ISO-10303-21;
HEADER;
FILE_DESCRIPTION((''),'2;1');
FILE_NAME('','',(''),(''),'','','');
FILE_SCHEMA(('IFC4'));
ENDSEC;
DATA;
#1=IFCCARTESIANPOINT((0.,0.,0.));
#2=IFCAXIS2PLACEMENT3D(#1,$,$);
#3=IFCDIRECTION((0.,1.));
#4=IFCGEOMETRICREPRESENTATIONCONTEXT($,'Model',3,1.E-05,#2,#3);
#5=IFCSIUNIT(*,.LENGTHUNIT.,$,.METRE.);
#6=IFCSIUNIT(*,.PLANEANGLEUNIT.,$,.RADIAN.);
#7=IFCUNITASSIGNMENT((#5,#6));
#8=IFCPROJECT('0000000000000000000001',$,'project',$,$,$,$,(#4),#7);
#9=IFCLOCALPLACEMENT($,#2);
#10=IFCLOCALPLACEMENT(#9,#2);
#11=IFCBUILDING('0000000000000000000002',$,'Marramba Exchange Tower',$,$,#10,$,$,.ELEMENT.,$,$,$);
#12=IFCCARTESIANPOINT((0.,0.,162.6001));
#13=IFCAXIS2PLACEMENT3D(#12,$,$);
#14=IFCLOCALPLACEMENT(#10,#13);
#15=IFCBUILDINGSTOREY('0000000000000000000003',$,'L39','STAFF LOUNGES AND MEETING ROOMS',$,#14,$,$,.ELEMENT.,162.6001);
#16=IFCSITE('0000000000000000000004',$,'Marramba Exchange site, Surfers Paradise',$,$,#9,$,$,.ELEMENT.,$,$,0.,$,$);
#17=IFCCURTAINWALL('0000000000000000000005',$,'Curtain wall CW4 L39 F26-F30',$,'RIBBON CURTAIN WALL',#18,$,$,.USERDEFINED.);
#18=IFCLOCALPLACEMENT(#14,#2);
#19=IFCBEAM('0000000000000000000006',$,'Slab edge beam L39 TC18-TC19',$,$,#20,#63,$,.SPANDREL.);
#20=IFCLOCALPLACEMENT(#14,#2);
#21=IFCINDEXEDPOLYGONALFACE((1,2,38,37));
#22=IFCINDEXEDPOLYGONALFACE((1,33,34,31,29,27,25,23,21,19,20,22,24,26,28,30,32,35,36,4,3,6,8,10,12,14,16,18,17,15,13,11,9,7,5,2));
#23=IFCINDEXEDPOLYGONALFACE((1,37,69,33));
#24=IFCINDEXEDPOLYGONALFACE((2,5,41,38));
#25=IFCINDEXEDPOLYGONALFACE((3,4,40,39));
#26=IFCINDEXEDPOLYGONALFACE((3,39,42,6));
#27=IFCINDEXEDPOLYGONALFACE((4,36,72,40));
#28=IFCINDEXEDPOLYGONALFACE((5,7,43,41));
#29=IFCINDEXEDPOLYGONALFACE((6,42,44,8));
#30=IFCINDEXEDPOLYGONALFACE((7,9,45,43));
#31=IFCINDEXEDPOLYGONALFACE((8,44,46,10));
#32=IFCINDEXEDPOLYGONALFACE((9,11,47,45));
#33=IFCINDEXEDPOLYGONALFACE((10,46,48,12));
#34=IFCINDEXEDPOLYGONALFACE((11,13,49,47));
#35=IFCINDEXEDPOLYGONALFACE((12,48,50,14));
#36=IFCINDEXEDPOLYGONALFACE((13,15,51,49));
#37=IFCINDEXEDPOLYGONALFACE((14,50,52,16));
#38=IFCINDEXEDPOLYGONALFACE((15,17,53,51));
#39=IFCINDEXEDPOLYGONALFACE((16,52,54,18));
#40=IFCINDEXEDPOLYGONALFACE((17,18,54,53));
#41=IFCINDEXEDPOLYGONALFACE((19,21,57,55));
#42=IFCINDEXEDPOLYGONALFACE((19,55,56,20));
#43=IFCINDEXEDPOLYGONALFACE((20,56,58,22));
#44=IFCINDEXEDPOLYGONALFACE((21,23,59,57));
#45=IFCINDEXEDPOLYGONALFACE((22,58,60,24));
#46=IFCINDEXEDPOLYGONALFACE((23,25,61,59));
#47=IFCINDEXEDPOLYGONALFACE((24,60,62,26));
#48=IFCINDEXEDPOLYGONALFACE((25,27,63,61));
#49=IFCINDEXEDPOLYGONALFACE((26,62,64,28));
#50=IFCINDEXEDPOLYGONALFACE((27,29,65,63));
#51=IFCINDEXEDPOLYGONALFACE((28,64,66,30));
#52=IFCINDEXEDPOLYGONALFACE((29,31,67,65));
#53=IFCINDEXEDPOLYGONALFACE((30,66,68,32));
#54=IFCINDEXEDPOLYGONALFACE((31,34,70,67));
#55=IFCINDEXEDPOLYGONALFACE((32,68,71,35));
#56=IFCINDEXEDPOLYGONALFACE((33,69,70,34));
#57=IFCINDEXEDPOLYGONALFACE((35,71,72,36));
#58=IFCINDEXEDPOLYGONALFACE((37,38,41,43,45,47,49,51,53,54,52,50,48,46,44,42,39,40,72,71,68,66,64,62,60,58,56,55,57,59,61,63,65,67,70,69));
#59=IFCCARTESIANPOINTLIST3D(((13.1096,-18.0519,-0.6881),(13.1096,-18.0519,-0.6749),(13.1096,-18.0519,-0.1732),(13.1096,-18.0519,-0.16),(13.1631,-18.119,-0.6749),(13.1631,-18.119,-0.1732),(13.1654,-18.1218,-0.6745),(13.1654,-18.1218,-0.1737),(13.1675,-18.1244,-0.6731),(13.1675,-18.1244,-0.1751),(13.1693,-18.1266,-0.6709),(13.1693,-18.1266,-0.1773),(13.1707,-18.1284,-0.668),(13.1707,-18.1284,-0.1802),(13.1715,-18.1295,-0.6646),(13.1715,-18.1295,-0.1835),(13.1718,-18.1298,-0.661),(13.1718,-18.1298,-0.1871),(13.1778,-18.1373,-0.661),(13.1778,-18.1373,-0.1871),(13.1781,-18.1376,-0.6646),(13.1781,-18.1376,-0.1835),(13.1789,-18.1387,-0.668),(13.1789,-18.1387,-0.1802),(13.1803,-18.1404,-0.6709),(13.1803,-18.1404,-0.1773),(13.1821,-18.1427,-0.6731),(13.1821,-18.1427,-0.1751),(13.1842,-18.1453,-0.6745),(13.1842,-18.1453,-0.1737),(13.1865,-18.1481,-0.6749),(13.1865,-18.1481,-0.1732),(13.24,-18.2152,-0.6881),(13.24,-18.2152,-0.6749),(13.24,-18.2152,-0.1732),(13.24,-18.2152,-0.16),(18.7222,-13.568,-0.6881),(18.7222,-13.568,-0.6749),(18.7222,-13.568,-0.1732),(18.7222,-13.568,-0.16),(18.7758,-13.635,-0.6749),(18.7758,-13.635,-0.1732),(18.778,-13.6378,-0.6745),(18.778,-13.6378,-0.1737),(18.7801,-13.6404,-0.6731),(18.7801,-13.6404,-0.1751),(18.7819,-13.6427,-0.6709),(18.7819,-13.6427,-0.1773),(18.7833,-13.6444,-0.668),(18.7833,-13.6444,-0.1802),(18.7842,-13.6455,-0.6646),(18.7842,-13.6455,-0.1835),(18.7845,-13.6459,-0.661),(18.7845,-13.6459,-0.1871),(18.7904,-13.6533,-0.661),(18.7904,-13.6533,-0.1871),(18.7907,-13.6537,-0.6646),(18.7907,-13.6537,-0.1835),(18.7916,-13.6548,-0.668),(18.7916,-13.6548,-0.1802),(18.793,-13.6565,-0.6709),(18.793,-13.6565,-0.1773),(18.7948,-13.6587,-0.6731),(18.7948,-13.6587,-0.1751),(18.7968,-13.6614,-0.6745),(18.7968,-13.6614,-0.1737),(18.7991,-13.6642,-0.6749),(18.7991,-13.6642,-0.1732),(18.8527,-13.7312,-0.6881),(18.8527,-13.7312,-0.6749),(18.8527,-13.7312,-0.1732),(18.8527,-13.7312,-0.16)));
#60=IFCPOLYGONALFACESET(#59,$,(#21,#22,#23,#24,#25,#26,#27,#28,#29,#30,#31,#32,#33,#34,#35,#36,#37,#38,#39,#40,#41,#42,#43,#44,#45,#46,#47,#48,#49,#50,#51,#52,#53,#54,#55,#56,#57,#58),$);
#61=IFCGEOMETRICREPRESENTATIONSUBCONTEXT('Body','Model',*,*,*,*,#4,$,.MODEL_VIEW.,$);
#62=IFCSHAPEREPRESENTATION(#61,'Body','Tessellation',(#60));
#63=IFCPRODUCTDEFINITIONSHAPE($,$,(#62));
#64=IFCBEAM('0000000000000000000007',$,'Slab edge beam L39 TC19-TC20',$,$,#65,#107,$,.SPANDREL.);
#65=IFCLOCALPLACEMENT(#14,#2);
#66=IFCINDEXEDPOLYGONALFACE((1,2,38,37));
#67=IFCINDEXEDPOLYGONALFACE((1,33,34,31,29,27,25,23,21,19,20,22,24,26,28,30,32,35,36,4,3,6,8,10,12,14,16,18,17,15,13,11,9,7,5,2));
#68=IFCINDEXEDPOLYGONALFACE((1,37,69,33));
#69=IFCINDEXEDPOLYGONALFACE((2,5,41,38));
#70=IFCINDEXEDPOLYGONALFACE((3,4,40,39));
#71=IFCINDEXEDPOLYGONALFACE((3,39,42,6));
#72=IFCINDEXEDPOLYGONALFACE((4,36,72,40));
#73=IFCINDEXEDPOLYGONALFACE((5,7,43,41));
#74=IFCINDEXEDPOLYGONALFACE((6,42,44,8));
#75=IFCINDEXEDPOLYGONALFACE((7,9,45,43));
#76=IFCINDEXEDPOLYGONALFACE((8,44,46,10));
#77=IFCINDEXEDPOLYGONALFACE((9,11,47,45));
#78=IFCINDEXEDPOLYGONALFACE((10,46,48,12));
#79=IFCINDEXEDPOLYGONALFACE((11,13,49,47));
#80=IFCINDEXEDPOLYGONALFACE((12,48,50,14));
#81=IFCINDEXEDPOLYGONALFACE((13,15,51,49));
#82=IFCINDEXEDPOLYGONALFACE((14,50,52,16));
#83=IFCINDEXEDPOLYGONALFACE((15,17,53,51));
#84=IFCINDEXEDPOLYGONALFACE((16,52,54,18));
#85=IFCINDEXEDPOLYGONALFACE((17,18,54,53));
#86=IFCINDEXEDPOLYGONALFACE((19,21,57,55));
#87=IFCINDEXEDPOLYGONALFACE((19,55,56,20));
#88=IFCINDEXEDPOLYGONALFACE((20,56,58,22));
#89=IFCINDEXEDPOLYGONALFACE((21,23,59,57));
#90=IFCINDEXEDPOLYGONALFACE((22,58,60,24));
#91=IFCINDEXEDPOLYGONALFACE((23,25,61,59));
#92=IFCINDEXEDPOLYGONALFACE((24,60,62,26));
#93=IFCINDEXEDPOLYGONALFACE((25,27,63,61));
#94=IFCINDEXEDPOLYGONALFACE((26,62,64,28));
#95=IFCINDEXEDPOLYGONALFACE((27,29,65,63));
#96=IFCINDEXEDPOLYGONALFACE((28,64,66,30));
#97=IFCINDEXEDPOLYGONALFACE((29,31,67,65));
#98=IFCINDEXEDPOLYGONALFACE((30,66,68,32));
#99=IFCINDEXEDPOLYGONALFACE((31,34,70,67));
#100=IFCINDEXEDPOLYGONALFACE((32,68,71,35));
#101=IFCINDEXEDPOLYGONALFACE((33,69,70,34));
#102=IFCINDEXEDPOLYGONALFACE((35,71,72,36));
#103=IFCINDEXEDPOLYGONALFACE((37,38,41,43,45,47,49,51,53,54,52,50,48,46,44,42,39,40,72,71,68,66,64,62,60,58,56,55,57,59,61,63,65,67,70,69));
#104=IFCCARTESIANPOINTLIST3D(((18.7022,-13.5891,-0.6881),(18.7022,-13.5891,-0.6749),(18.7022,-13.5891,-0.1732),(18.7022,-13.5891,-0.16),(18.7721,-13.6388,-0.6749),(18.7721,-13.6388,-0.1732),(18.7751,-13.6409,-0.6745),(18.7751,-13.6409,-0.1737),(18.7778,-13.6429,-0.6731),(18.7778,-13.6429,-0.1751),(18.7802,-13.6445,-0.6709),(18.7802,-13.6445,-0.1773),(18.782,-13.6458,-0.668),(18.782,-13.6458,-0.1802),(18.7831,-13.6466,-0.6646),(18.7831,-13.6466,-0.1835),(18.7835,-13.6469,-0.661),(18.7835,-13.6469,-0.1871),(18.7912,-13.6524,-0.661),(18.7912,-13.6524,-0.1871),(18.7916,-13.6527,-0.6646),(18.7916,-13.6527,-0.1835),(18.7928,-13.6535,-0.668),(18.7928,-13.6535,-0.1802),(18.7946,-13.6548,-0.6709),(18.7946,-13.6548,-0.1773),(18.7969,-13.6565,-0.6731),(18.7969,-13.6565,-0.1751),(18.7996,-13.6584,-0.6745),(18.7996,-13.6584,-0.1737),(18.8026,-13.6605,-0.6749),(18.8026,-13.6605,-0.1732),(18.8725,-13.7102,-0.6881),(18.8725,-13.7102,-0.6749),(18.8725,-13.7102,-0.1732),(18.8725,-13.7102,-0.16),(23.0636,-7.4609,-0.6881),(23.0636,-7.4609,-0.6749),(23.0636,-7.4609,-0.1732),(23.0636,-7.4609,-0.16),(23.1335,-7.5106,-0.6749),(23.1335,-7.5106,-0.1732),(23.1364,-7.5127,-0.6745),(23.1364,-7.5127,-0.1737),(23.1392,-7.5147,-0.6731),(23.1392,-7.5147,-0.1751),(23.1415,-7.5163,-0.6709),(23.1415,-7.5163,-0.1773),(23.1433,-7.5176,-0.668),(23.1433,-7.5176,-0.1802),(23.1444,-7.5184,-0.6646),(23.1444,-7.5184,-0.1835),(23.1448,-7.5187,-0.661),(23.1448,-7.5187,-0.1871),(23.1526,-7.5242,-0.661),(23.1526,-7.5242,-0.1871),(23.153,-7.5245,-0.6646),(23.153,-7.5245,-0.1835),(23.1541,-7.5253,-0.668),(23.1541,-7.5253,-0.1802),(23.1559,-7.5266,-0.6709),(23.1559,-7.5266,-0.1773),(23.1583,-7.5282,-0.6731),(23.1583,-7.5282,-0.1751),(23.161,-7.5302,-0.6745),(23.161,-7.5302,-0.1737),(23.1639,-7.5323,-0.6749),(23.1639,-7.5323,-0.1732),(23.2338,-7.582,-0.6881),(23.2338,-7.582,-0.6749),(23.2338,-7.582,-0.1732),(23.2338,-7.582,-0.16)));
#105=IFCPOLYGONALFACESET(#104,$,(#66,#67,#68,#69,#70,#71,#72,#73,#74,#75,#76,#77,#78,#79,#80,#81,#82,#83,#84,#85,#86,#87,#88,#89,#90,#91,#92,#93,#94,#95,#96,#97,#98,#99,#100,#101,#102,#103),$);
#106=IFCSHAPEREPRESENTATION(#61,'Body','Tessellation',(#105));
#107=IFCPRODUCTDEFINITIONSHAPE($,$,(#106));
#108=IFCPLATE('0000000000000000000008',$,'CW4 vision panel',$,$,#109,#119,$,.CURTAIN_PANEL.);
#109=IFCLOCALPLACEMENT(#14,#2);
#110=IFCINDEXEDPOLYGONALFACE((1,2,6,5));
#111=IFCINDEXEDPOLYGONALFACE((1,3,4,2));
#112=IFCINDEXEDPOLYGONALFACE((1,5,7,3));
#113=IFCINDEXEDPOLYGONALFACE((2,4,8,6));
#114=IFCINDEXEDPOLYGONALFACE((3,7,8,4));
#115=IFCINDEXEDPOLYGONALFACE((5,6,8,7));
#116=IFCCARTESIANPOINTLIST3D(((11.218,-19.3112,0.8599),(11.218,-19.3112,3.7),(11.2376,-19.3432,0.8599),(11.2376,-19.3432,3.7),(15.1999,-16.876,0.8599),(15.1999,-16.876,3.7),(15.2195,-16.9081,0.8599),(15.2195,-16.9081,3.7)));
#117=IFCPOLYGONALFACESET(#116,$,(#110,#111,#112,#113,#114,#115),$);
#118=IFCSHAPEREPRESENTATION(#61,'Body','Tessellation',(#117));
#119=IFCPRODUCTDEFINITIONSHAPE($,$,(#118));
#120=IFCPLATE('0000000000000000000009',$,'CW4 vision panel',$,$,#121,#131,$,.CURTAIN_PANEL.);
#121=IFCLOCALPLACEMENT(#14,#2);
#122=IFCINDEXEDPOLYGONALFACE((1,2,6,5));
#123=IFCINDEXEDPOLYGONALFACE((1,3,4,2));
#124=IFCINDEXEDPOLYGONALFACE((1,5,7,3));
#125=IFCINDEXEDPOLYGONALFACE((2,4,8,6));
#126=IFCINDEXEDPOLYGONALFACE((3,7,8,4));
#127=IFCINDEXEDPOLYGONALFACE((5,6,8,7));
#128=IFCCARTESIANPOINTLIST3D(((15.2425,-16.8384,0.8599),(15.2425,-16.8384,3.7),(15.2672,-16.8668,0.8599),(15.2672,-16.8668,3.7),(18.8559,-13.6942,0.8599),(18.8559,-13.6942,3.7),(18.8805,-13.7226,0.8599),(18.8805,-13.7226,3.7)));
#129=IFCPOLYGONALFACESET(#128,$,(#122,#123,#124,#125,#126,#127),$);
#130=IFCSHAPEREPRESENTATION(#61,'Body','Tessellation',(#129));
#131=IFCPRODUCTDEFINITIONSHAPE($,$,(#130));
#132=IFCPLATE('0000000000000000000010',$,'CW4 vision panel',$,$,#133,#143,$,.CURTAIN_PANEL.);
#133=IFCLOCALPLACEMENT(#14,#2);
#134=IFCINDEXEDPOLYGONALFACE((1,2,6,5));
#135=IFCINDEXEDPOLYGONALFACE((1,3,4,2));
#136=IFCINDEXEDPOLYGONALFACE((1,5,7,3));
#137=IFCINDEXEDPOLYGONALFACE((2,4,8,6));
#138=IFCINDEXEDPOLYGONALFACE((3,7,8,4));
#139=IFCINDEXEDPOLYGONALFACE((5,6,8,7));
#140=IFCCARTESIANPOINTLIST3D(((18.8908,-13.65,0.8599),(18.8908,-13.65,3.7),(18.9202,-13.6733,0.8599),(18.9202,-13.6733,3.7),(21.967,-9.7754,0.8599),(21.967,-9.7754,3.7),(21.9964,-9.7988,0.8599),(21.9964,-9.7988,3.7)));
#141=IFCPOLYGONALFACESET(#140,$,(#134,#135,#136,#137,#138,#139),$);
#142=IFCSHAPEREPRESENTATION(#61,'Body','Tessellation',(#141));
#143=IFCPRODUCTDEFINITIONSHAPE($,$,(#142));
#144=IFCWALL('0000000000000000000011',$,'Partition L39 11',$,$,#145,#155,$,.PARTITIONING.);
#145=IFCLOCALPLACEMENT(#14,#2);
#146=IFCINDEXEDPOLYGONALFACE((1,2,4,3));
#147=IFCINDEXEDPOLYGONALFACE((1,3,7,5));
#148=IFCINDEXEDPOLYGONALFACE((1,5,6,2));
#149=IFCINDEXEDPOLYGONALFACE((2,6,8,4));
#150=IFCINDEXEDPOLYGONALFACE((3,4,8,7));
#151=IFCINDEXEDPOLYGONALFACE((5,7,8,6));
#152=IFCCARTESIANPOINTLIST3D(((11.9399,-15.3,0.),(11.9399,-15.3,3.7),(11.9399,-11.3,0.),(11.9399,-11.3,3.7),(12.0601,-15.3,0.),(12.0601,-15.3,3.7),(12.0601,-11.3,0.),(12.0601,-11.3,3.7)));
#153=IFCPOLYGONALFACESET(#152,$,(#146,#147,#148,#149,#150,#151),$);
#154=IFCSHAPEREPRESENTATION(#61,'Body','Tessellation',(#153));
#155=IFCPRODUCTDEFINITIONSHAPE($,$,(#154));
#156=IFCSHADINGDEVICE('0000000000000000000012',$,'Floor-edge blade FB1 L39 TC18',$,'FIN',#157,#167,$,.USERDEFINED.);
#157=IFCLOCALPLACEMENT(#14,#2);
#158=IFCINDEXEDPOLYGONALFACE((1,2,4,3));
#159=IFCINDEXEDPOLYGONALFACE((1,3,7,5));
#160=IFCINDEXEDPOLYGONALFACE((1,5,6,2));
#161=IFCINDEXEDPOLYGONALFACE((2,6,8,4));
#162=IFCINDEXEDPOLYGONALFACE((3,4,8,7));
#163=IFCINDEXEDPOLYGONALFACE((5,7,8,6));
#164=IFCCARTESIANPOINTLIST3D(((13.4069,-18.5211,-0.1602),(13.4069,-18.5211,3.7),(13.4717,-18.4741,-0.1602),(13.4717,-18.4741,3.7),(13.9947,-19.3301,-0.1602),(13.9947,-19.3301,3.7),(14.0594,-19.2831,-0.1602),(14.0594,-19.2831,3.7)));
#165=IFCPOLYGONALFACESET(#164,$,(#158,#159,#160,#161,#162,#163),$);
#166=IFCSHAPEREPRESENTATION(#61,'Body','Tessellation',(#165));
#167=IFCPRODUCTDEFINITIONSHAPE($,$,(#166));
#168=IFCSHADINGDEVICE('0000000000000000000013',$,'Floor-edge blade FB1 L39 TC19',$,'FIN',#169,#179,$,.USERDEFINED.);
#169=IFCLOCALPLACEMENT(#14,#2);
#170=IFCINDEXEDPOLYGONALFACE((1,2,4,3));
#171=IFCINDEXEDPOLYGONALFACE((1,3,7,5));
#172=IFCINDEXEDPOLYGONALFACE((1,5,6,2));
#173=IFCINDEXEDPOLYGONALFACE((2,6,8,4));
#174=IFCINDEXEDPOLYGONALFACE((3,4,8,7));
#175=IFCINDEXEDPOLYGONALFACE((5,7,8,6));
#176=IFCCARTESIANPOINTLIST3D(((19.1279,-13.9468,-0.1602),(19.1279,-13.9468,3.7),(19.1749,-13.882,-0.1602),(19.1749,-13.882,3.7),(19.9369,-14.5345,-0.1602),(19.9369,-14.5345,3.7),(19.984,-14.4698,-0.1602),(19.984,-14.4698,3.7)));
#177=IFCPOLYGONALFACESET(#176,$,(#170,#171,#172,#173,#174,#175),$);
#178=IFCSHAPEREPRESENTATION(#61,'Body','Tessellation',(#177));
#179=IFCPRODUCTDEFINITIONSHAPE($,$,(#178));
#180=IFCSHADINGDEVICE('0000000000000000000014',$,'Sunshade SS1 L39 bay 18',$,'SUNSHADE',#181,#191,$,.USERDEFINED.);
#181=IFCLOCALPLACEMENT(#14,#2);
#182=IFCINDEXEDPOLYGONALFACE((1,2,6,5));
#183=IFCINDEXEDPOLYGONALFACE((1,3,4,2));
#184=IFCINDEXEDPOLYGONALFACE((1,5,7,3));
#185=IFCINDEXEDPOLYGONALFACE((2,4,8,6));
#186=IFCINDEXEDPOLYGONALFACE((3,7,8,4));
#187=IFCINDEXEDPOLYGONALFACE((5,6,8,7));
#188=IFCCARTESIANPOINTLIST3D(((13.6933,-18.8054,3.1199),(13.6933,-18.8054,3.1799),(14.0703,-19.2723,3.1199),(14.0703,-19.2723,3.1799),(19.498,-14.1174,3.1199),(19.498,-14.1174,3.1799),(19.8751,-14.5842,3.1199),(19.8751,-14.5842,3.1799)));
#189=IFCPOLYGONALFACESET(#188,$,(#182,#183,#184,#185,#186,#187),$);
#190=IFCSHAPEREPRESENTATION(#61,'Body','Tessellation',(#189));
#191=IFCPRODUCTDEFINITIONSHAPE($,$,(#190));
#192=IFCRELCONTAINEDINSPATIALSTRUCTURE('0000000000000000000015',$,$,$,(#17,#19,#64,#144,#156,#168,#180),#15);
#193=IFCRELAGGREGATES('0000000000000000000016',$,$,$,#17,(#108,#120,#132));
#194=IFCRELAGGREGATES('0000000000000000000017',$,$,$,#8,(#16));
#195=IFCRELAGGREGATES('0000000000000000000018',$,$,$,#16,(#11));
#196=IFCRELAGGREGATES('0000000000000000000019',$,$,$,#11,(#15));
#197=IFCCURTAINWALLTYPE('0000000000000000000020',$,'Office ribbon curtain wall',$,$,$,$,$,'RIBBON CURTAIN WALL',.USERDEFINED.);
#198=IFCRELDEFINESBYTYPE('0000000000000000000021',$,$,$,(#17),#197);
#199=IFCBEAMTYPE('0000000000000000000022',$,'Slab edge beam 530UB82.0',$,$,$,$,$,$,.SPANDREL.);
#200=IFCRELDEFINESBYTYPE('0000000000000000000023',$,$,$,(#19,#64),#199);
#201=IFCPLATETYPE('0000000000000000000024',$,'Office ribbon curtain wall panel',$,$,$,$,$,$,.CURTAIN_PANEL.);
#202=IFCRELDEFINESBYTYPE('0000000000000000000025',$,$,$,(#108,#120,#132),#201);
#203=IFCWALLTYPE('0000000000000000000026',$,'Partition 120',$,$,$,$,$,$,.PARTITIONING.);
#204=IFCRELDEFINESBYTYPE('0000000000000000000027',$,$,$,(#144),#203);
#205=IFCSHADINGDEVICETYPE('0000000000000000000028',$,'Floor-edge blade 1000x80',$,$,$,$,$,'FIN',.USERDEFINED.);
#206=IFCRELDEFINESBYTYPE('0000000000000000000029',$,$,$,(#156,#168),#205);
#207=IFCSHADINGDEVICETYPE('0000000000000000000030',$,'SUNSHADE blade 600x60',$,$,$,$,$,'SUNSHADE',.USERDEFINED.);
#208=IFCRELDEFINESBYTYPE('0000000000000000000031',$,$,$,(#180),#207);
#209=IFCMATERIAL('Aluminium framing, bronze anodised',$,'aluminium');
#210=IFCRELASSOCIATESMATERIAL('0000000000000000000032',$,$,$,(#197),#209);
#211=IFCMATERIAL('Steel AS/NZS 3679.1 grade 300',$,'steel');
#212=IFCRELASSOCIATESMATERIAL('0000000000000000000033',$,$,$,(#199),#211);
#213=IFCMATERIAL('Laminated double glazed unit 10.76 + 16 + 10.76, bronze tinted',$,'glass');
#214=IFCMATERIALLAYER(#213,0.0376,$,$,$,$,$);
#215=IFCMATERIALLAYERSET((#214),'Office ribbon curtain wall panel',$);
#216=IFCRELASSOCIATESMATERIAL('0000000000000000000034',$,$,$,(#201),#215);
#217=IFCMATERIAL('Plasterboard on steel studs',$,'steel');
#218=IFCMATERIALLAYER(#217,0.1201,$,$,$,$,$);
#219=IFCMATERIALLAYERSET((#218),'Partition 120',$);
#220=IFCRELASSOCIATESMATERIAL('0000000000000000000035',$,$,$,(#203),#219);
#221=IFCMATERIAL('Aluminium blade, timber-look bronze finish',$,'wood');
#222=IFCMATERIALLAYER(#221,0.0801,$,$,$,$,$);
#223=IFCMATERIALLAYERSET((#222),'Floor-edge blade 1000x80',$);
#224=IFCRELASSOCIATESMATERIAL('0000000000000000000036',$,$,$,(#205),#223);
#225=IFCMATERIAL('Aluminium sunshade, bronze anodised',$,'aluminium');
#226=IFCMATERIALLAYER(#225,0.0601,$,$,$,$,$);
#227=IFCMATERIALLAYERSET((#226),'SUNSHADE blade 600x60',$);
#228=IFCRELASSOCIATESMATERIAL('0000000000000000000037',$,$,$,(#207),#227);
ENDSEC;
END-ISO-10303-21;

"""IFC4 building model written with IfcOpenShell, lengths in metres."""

from ifc_helpers import new_model, si_unit, direction, frame, frame_2d, origin, origin_2d, place, context, subcontext, project, spatial, rectangle, i_section, extrude, material, layer, layer_set, material_profile, profile_set, type_object, element, aggregate, save


model = new_model("IFC4")

# Units and contexts
model_context = context("Model", 3, precision=1e-05, world=origin(), true_north=direction((0.0, 1.0)))
body_context = subcontext(model_context, "Body", "Model", "MODEL_VIEW")
ifc_project = project(units=[si_unit("LENGTHUNIT", "METRE"), si_unit("PLANEANGLEUNIT", "RADIAN")], contexts=[model_context])

# Site, building, storey
site_placement = place(None, origin())
site = spatial("IfcSite", under=ifc_project, at=site_placement, Name="Marramba Exchange site, Surfers Paradise", CompositionType="ELEMENT", RefElevation=0.0)
building_placement = place(site_placement, origin())
building = spatial("IfcBuilding", under=site, at=building_placement, Name="Marramba Exchange Tower", CompositionType="ELEMENT")
storey_placement = place(building_placement, frame((0.0, 0.0, 162.6001)))
storey = spatial("IfcBuildingStorey", under=building, at=storey_placement, Name="L39", Description="STAFF LOUNGES AND MEETING ROOMS", CompositionType="ELEMENT", Elevation=162.6001)

# Curtain wall
ifc_material_1 = material(Name="Aluminium framing, bronze anodised", Category="aluminium")
curtain_wall_type = type_object("IfcCurtainWallType", Name="Office ribbon curtain wall", ElementType="RIBBON CURTAIN WALL", PredefinedType="USERDEFINED", material=ifc_material_1)
curtain_wall_placement = place(storey_placement, origin())
curtain_wall = element("IfcCurtainWall", 1, at=curtain_wall_placement, inside=storey, type_object=curtain_wall_type, Name="Curtain wall CW4 L39 F26-F30", ObjectType="RIBBON CURTAIN WALL", PredefinedType="USERDEFINED")

# Beams
ifc_material_2 = material(Name="Steel AS/NZS 3679.1 grade 300", Category="steel")
ifc_material_profile_1 = material_profile(ifc_material_2, i_section(OverallWidth=0.209, OverallDepth=0.5281, WebThickness=0.0095, FlangeThickness=0.0132, FilletRadius=0.0139, at=origin_2d()), Name="530UB82.0")
ifc_profile_set_1 = profile_set([ifc_material_profile_1], Name="Steel AS/NZS 3679.1 grade 300")
beam_type_1 = type_object("IfcBeamType", Name="Slab edge beam 530UB82.0", PredefinedType="SPANDREL", material=ifc_profile_set_1)
beam_1_placement = place(storey_placement, frame((13.1748, -18.1335, -0.4241), z_axis=(0.781286, 0.624173, 0.0), x_axis=(-0.624173, 0.781286, 0.0)))
element("IfcBeam", 2, at=beam_1_placement, inside=storey, type_object=beam_type_1, Name="Slab edge beam L39 TC18-TC19", PredefinedType="SPANDREL", context=body_context, shape_type="SweptSolid", body=[
    extrude(i_section(OverallWidth=0.209, OverallDepth=0.5281, WebThickness=0.0095, FlangeThickness=0.0132, FilletRadius=0.0139, at=origin_2d()), origin(), (0.0, 0.0, 1.0), 7.1838),
])
beam_2_placement = place(storey_placement, frame((18.7874, -13.6497, -0.4241), z_axis=(0.579834, 0.814735, 0.0), x_axis=(-0.814735, 0.579834, 0.0)))
element("IfcBeam", 3, at=beam_2_placement, inside=storey, type_object=beam_type_1, Name="Slab edge beam L39 TC19-TC20", PredefinedType="SPANDREL", context=body_context, shape_type="SweptSolid", body=[
    extrude(i_section(OverallWidth=0.209, OverallDepth=0.5281, WebThickness=0.0095, FlangeThickness=0.0132, FilletRadius=0.0139, at=origin_2d()), origin(), (0.0, 0.0, 1.0), 7.5217),
])

# Plates
ifc_material_3 = material(Name="Laminated double glazed unit 10.76 + 16 + 10.76, bronze tinted", Category="glass")
ifc_layer_1 = layer(ifc_material_3, 0.0376)
ifc_layer_set_1 = layer_set([ifc_layer_1], Name="Office ribbon curtain wall panel")
plate_type = type_object("IfcPlateType", Name="Office ribbon curtain wall panel", PredefinedType="CURTAIN_PANEL", material=ifc_layer_set_1)
plate_1_placement = place(storey_placement, frame((13.2188, -18.1096, 0.8599), z_axis=(0.0, 0.0, 1.0), x_axis=(0.853109, 0.521733, 0.0)))
plate_1 = element("IfcPlate", 4, at=plate_1_placement, type_object=plate_type, Name="CW4 vision panel", PredefinedType="CURTAIN_PANEL", context=body_context, shape_type="SweptSolid", body=[
    extrude(rectangle(XDim=4.6675, YDim=0.0376, at=origin_2d()), origin(), (0.0, 0.0, 1.0), 2.8401),
])
plate_2_placement = place(storey_placement, frame((17.0615, -15.2805, 0.8599), z_axis=(0.0, 0.0, 1.0), x_axis=(0.754386, 0.656432, 0.0)))
plate_2 = element("IfcPlate", 5, at=plate_2_placement, type_object=plate_type, Name="CW4 vision panel", PredefinedType="CURTAIN_PANEL", context=body_context, shape_type="SweptSolid", body=[
    extrude(rectangle(XDim=4.7898, YDim=0.0376, at=origin_2d()), origin(), (0.0, 0.0, 1.0), 2.8401),
])
plate_3_placement = place(storey_placement, frame((20.4436, -11.7244, 0.8599), z_axis=(0.0, 0.0, 1.0), x_axis=(0.621807, 0.78317, 0.0)))
plate_3 = element("IfcPlate", 6, at=plate_3_placement, type_object=plate_type, Name="CW4 vision panel", PredefinedType="CURTAIN_PANEL", context=body_context, shape_type="SweptSolid", body=[
    extrude(rectangle(XDim=4.9473, YDim=0.0376, at=origin_2d()), origin(), (0.0, 0.0, 1.0), 2.8401),
])
aggregate(curtain_wall, [plate_1, plate_2, plate_3])

# Wall
ifc_material_4 = material(Name="Plasterboard on steel studs", Category="steel")
ifc_layer_2 = layer(ifc_material_4, 0.1201)
ifc_layer_set_2 = layer_set([ifc_layer_2], Name="Partition 120")
wall_type = type_object("IfcWallType", Name="Partition 120", PredefinedType="PARTITIONING", material=ifc_layer_set_2)
wall_placement = place(storey_placement, frame((12.0, -15.3, 0.0), z_axis=(0.0, 0.0, 1.0), x_axis=(0.0, 1.0, 0.0)))
element("IfcWall", 7, at=wall_placement, inside=storey, type_object=wall_type, Name="Partition L39 11", PredefinedType="PARTITIONING", context=body_context, shape_type="SweptSolid", body=[
    extrude(rectangle(XDim=4.0, YDim=0.1201, at=frame_2d((2.0, 0.0))), origin(), (0.0, 0.0, 1.0), 3.7),
])

# Shading devices
ifc_material_5 = material(Name="Aluminium blade, timber-look bronze finish", Category="wood")
ifc_layer_3 = layer(ifc_material_5, 0.0801)
ifc_layer_set_3 = layer_set([ifc_layer_3], Name="Floor-edge blade 1000x80")
shading_device_type_1 = type_object("IfcShadingDeviceType", Name="Floor-edge blade 1000x80", ElementType="FIN", PredefinedType="USERDEFINED", material=ifc_layer_set_3)
for number, where, z_axis, x_axis, name in (
    (8, (13.7332, -18.9021, -0.1602), (0.0, 0.0, 1.0), (0.587785, -0.809017, 0.0), "Floor-edge blade FB1 L39 TC18"),
    (9, (19.5559, -14.2083, -0.1602), (0.0, 0.0, 1.0), (0.809017, -0.587785, 0.0), "Floor-edge blade FB1 L39 TC19"),
):
    element("IfcShadingDevice", number, at=place(storey_placement, frame(where, z_axis=z_axis, x_axis=x_axis)), inside=storey, type_object=shading_device_type_1, Name=name, ObjectType="FIN", PredefinedType="USERDEFINED", context=body_context, shape_type="SweptSolid", body=[
        extrude(rectangle(XDim=1.0, YDim=0.0801, at=origin_2d()), origin(), (0.0, 0.0, 1.0), 3.8601),
    ])
ifc_material_6 = material(Name="Aluminium sunshade, bronze anodised", Category="aluminium")
ifc_layer_4 = layer(ifc_material_6, 0.0601)
ifc_layer_set_4 = layer_set([ifc_layer_4], Name="SUNSHADE blade 600x60")
shading_device_type_2 = type_object("IfcShadingDeviceType", Name="SUNSHADE blade 600x60", ElementType="SUNSHADE", PredefinedType="USERDEFINED", material=ifc_layer_set_4)
shading_device_placement = place(storey_placement, frame((16.7842, -16.6948, 3.1199), z_axis=(0.0, 0.0, 1.0), x_axis=(0.777962, 0.628311, 0.0)))
element("IfcShadingDevice", 10, at=shading_device_placement, inside=storey, type_object=shading_device_type_2, Name="Sunshade SS1 L39 bay 18", ObjectType="SUNSHADE", PredefinedType="USERDEFINED", context=body_context, shape_type="SweptSolid", body=[
    extrude(rectangle(XDim=7.4614, YDim=0.6001, at=origin_2d()), origin(), (0.0, 0.0, 1.0), 0.0601),
])

save(model, "model.ifc")
